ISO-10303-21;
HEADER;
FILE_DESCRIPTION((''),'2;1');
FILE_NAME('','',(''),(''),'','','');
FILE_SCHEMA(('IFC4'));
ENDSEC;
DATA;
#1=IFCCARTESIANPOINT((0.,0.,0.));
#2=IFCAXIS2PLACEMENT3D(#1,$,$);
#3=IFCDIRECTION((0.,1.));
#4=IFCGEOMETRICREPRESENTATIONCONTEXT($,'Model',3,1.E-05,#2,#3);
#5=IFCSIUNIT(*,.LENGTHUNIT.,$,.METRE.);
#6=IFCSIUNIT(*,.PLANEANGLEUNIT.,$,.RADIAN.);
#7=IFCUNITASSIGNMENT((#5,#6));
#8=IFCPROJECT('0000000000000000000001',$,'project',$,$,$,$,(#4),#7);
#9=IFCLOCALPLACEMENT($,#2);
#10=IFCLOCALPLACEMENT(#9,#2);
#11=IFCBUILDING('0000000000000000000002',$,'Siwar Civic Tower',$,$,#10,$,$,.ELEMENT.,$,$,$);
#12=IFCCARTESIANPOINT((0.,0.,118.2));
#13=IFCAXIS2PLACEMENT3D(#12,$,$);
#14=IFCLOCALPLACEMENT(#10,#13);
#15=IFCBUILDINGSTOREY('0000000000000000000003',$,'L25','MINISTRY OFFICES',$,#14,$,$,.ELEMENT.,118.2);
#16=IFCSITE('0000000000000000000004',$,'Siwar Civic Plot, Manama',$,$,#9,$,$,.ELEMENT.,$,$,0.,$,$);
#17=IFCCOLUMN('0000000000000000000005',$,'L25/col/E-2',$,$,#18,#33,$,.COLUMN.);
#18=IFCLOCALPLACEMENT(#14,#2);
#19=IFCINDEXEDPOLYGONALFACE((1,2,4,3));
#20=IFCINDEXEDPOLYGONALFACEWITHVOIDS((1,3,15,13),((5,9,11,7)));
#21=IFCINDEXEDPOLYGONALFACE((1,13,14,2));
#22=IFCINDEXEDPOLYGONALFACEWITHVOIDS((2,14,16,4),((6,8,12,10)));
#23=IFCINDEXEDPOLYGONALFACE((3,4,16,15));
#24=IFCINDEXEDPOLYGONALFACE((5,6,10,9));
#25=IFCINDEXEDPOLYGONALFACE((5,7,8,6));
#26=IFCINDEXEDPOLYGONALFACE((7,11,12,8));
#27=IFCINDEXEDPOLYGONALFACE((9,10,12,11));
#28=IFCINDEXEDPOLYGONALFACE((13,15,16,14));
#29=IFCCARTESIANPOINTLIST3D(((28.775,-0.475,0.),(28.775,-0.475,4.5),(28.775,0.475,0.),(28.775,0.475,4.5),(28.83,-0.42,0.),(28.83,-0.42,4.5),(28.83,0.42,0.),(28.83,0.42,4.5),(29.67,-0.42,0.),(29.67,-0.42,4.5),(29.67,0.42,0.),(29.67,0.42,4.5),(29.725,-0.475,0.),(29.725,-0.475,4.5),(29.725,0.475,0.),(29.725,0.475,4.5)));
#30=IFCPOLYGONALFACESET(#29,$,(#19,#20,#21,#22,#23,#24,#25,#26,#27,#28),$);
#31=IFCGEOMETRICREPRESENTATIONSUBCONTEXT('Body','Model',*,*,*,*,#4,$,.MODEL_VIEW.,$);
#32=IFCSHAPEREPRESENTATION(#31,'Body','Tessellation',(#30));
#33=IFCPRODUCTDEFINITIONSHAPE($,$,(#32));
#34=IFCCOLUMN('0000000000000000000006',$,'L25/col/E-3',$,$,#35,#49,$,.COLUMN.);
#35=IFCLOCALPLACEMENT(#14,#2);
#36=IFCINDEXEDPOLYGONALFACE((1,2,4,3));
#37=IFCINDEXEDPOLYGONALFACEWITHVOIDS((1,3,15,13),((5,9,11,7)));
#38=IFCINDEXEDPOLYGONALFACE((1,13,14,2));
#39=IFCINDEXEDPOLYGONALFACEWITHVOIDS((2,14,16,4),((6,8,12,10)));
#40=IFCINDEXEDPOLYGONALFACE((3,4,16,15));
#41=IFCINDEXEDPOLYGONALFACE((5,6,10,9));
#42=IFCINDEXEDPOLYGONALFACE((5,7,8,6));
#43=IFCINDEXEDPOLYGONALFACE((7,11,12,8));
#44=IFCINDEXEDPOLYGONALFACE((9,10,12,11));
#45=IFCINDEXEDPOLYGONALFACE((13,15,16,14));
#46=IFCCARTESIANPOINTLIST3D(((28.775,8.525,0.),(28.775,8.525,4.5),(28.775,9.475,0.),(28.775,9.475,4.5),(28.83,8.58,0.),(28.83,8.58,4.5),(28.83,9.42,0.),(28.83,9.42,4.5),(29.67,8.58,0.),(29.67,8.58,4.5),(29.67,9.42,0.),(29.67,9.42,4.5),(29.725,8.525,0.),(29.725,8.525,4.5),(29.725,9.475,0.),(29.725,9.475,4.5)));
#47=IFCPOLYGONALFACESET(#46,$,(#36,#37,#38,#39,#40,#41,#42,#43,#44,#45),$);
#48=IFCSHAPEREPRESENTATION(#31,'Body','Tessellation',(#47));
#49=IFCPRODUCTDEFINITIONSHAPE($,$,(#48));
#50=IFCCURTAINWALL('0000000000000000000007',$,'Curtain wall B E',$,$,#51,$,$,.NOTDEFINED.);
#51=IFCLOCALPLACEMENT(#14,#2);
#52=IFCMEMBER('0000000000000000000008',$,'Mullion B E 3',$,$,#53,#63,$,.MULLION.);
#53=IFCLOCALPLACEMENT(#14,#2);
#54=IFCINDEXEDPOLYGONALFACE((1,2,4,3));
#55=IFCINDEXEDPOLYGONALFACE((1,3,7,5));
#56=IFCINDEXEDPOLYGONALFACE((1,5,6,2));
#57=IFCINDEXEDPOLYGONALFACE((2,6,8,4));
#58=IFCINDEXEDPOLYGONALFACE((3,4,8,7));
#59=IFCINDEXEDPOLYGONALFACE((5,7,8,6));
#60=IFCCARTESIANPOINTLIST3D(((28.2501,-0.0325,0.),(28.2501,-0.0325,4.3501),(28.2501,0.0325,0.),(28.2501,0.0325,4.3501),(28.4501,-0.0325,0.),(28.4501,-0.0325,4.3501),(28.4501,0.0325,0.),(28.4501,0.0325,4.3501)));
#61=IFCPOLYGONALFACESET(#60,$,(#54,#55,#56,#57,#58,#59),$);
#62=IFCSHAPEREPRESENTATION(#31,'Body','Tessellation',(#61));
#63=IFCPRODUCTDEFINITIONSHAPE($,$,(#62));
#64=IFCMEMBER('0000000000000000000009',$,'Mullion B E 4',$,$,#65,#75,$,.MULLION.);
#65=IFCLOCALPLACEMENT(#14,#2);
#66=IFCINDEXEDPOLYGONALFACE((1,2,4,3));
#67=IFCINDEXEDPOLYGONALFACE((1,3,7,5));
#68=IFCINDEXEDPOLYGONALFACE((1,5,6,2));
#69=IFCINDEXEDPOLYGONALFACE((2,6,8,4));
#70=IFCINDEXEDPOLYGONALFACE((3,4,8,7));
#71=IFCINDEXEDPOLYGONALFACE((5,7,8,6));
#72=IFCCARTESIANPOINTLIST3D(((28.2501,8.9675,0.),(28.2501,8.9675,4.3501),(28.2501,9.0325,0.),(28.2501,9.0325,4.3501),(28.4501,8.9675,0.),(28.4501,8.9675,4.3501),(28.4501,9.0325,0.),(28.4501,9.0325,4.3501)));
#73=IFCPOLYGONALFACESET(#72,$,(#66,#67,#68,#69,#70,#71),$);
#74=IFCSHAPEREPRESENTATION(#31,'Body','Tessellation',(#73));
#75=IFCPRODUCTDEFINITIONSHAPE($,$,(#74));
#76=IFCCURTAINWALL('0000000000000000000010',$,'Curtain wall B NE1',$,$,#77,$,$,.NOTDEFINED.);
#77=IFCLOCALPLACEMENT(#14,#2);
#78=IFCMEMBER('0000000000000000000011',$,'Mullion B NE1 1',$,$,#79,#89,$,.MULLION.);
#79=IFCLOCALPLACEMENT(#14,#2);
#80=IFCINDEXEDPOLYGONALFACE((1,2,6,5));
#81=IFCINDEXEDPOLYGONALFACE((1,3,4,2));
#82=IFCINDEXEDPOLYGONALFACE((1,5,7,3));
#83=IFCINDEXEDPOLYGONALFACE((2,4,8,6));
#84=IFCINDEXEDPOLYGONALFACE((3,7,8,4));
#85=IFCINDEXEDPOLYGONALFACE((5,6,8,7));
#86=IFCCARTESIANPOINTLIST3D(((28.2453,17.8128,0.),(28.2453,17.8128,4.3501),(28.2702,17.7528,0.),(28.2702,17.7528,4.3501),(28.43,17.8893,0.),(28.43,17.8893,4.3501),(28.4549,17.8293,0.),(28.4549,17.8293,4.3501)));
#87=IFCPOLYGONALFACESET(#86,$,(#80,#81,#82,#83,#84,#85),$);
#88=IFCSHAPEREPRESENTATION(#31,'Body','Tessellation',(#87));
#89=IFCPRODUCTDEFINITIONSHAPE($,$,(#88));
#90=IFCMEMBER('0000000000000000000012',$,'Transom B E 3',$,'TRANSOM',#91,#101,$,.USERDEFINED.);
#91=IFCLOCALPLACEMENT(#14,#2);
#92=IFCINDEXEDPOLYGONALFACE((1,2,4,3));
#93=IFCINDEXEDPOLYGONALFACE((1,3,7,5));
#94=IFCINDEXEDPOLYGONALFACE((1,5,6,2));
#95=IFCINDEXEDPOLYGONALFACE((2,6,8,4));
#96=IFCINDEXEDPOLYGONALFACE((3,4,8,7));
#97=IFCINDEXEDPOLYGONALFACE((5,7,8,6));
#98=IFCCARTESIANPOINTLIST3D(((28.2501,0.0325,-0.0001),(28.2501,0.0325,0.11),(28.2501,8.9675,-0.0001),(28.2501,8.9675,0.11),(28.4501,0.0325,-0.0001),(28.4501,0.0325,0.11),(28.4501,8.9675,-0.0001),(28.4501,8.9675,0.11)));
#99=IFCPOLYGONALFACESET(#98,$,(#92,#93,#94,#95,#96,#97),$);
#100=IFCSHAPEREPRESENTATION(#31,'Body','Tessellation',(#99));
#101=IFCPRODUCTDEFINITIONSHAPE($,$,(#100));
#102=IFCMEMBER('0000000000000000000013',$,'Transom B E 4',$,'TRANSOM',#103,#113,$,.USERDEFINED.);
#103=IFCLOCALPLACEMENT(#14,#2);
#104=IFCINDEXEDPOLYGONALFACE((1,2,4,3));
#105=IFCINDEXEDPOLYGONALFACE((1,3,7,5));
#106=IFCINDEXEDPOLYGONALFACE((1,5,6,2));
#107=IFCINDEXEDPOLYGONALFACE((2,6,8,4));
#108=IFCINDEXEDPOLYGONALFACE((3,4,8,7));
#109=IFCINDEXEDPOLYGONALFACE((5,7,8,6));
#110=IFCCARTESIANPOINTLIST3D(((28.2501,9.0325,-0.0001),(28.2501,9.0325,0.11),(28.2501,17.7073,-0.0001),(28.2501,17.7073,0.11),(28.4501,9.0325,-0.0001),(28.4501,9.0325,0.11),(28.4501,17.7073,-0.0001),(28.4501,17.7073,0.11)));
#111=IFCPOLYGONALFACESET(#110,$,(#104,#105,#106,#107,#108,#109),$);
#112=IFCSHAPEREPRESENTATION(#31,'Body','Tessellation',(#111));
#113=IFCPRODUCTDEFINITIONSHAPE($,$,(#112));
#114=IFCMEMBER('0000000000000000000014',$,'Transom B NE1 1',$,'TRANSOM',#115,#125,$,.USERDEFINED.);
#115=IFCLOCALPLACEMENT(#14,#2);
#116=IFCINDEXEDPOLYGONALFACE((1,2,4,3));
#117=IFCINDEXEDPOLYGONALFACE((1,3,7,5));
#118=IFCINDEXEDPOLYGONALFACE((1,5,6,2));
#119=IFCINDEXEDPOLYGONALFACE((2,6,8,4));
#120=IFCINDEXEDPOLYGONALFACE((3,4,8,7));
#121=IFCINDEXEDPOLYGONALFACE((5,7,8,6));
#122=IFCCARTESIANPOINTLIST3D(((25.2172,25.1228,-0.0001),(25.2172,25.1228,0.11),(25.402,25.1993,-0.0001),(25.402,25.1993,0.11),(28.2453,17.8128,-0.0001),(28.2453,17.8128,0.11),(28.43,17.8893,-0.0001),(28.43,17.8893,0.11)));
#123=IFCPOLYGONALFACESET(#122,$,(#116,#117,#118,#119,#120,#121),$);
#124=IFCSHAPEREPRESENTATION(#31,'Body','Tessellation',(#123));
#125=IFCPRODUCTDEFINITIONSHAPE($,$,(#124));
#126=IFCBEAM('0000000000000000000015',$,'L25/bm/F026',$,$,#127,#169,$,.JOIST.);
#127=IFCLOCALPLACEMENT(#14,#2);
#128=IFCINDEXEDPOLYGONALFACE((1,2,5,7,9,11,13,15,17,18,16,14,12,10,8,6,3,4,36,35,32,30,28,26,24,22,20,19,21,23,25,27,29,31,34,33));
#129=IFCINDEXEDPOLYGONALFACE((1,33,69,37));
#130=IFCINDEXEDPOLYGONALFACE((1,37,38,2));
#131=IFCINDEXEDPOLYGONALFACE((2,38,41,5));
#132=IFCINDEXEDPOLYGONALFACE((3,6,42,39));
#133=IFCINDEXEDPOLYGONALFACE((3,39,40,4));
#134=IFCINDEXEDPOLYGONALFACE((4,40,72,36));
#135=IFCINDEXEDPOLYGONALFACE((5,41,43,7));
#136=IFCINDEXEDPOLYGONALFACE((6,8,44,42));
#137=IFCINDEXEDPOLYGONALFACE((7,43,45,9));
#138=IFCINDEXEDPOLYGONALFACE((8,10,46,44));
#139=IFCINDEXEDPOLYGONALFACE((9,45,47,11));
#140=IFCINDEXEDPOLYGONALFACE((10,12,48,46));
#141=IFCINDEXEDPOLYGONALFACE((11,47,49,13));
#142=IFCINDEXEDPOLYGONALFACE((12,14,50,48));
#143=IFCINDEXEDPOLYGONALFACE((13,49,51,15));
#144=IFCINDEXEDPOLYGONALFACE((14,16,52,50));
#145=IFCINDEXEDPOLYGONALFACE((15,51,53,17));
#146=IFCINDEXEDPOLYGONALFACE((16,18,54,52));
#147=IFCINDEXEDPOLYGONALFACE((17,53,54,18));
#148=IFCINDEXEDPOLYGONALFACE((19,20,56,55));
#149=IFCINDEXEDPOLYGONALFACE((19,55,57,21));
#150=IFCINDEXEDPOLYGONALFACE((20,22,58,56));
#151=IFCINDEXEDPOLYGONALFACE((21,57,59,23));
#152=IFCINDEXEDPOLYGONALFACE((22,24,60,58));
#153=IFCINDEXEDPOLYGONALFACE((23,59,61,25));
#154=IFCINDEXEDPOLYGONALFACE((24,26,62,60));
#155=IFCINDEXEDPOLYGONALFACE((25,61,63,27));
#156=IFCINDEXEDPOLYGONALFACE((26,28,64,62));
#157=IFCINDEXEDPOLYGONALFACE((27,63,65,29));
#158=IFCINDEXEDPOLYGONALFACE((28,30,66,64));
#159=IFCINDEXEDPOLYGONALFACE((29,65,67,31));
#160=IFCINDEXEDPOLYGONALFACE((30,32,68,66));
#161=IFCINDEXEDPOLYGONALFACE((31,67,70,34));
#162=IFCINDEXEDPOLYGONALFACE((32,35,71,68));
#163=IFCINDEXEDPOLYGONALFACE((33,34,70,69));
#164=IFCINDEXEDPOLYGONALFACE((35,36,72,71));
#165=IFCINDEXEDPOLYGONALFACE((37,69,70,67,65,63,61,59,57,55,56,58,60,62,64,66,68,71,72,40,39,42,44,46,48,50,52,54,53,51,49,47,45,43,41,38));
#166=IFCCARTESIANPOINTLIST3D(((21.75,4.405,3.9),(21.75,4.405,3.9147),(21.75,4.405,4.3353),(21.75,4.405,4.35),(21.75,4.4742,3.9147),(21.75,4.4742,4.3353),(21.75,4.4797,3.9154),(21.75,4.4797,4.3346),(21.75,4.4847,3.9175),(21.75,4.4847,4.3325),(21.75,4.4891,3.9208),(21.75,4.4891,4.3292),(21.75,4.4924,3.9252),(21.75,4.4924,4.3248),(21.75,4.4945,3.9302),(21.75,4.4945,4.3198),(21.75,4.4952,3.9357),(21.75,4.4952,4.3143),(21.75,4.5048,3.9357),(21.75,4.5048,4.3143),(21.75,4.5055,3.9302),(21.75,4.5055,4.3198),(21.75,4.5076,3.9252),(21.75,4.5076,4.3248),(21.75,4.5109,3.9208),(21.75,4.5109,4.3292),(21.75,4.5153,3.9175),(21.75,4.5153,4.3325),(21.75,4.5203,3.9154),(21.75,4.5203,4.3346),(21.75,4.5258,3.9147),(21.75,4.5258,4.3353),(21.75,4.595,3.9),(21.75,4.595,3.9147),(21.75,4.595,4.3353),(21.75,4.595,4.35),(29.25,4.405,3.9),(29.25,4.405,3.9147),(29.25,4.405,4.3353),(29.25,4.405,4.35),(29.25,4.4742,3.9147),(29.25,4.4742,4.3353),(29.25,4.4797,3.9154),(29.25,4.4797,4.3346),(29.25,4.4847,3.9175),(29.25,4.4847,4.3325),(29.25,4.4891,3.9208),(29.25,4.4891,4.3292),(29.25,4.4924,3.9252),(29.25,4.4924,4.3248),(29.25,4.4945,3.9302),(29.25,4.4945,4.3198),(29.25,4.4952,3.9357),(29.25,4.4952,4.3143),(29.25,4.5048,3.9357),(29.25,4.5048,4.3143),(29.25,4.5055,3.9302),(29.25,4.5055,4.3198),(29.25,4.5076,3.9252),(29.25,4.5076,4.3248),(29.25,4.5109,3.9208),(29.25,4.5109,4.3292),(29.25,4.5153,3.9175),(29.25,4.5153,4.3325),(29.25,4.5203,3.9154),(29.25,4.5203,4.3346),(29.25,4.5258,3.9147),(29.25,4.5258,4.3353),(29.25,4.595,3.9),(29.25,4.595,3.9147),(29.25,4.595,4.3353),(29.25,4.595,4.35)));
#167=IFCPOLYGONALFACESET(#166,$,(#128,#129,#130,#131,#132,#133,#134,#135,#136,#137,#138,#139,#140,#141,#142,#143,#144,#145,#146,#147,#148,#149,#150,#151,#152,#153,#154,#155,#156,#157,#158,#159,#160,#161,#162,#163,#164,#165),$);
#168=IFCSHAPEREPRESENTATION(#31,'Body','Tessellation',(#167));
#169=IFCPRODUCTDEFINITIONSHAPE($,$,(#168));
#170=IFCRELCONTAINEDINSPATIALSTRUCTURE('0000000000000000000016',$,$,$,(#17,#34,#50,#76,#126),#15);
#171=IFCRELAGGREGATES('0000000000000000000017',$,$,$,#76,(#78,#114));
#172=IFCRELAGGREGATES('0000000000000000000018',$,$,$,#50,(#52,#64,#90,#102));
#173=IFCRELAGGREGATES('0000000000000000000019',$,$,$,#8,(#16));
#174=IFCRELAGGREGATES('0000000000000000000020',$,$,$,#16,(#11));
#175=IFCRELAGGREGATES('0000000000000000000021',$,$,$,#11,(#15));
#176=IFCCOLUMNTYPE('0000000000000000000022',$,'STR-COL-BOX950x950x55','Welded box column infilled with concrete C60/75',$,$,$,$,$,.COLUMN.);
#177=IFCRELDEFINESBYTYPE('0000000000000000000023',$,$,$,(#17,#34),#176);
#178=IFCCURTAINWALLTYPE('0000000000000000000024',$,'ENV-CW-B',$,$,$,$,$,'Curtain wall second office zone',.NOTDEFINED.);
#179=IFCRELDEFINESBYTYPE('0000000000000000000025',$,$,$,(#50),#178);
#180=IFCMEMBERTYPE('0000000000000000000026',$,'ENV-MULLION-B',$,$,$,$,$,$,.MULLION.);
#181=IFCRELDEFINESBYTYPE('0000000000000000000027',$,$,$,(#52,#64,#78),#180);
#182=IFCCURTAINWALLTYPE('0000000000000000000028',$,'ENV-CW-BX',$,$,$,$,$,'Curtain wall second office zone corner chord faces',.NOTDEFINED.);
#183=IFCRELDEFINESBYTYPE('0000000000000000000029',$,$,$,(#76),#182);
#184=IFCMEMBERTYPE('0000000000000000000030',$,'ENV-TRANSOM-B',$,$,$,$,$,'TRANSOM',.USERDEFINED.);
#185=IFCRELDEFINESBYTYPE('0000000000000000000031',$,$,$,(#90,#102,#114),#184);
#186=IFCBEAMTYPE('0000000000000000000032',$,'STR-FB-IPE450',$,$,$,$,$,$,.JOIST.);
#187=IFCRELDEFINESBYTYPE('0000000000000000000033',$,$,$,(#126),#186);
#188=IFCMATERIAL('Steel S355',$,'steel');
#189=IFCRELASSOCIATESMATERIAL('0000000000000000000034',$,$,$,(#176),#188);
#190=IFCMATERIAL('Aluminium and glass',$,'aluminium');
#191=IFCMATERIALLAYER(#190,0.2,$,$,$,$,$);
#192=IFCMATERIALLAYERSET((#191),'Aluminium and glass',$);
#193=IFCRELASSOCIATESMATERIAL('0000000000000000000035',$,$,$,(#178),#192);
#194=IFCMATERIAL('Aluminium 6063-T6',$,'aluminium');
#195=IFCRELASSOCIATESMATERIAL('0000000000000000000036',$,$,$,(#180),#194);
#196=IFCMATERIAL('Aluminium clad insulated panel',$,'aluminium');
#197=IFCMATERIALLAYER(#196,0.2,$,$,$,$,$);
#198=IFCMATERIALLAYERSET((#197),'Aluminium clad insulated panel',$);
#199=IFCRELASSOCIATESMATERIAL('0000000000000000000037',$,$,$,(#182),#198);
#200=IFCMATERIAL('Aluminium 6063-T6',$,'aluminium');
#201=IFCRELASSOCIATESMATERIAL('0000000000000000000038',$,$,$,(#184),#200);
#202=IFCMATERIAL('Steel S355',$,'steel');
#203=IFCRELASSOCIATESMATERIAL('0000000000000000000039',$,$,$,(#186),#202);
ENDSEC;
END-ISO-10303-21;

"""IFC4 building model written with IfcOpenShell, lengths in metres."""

from ifc_helpers import new_model, si_unit, direction, frame, origin, origin_2d, place, context, subcontext, project, spatial, rectangle, hollow_rectangle, i_section, extrude, material, layer, layer_set, material_profile, profile_set, type_object, element, aggregate, save


model = new_model("IFC4")

# Units and contexts
model_context = context("Model", 3, precision=1e-05, world=origin(), true_north=direction((0.0, 1.0)))
body_context = subcontext(model_context, "Body", "Model", "MODEL_VIEW")
ifc_project = project(units=[si_unit("LENGTHUNIT", "METRE"), si_unit("PLANEANGLEUNIT", "RADIAN")], contexts=[model_context])

# Site, building, storey
site_placement = place(None, origin())
site = spatial("IfcSite", under=ifc_project, at=site_placement, Name="Siwar Civic Plot, Manama", CompositionType="ELEMENT", RefElevation=0.0)
building_placement = place(site_placement, origin())
building = spatial("IfcBuilding", under=site, at=building_placement, Name="Siwar Civic Tower", CompositionType="ELEMENT")
storey_placement = place(building_placement, frame((0.0, 0.0, 118.2)))
storey = spatial("IfcBuildingStorey", under=building, at=storey_placement, Name="L25", Description="MINISTRY OFFICES", CompositionType="ELEMENT", Elevation=118.2)

# Columns
ifc_material_1 = material(Name="Steel S355", Category="steel")
ifc_material_profile_1 = material_profile(ifc_material_1, hollow_rectangle(XDim=0.95, YDim=0.95, WallThickness=0.0549, at=origin_2d()), Name="BOX950x950x55")
ifc_profile_set_1 = profile_set([ifc_material_profile_1], Name="Steel S355")
column_type = type_object("IfcColumnType", Name="STR-COL-BOX950x950x55", Description="Welded box column infilled with concrete C60/75", PredefinedType="COLUMN", material=ifc_profile_set_1)
for number, where, z_axis, x_axis, name in (
    (1, (29.25, 0.0, 0.0), (0.0, 0.0, 1.0), (1.0, 0.0, 0.0), "L25/col/E-2"),
    (2, (29.25, 9.0, 0.0), (0.0, 0.0, 1.0), (1.0, 0.0, 0.0), "L25/col/E-3"),
):
    element("IfcColumn", number, at=place(storey_placement, frame(where, z_axis=z_axis, x_axis=x_axis)), inside=storey, type_object=column_type, Name=name, PredefinedType="COLUMN", context=body_context, shape_type="SweptSolid", body=[
        extrude(hollow_rectangle(XDim=0.95, YDim=0.95, WallThickness=0.0549, at=origin_2d()), origin(), (0.0, 0.0, 1.0), 4.5),
    ])

# Curtain wall, members
ifc_material_2 = material(Name="Aluminium and glass", Category="aluminium")
ifc_layer_1 = layer(ifc_material_2, 0.2)
ifc_layer_set_1 = layer_set([ifc_layer_1], Name="Aluminium and glass")
curtain_wall_type_1 = type_object("IfcCurtainWallType", Name="ENV-CW-B", ElementType="Curtain wall second office zone", PredefinedType="NOTDEFINED", material=ifc_layer_set_1)
curtain_wall_1_placement = place(storey_placement, origin())
curtain_wall_1 = element("IfcCurtainWall", 3, at=curtain_wall_1_placement, inside=storey, type_object=curtain_wall_type_1, Name="Curtain wall B E", PredefinedType="NOTDEFINED")
ifc_material_3 = material(Name="Aluminium 6063-T6", Category="aluminium")
ifc_material_profile_2 = material_profile(ifc_material_3, rectangle(XDim=0.2, YDim=0.0649, at=origin_2d()), Name="AL 200x65")
ifc_profile_set_2 = profile_set([ifc_material_profile_2], Name="Aluminium 6063-T6")
member_type_1 = type_object("IfcMemberType", Name="ENV-MULLION-B", PredefinedType="MULLION", material=ifc_profile_set_2)
member_1_placement = place(storey_placement, frame((28.3501, 0.0, 0.0), z_axis=(0.0, 0.0, 1.0), x_axis=(-1.0, 0.0, 0.0)))
member_1 = element("IfcMember", 4, at=member_1_placement, type_object=member_type_1, Name="Mullion B E 3", PredefinedType="MULLION", context=body_context, shape_type="SweptSolid", body=[
    extrude(rectangle(XDim=0.2, YDim=0.0649, at=origin_2d()), origin(), (0.0, 0.0, 1.0), 4.3501),
])
member_2_placement = place(storey_placement, frame((28.3501, 9.0, 0.0), z_axis=(0.0, 0.0, 1.0), x_axis=(-1.0, 0.0, 0.0)))
member_2 = element("IfcMember", 5, at=member_2_placement, type_object=member_type_1, Name="Mullion B E 4", PredefinedType="MULLION", context=body_context, shape_type="SweptSolid", body=[
    extrude(rectangle(XDim=0.2, YDim=0.0649, at=origin_2d()), origin(), (0.0, 0.0, 1.0), 4.3501),
])

# Curtain wall, member
ifc_material_4 = material(Name="Aluminium clad insulated panel", Category="aluminium")
ifc_layer_2 = layer(ifc_material_4, 0.2)
ifc_layer_set_2 = layer_set([ifc_layer_2], Name="Aluminium clad insulated panel")
curtain_wall_type_2 = type_object("IfcCurtainWallType", Name="ENV-CW-BX", ElementType="Curtain wall second office zone corner chord faces", PredefinedType="NOTDEFINED", material=ifc_layer_set_2)
curtain_wall_2_placement = place(storey_placement, origin())
curtain_wall_2 = element("IfcCurtainWall", 6, at=curtain_wall_2_placement, inside=storey, type_object=curtain_wall_type_2, Name="Curtain wall B NE1", PredefinedType="NOTDEFINED")
member_3_placement = place(storey_placement, frame((28.3501, 17.821, 0.0), z_axis=(0.0, 0.0, 1.0), x_axis=(-0.92388, -0.382683, 0.0)))
member_3 = element("IfcMember", 7, at=member_3_placement, type_object=member_type_1, Name="Mullion B NE1 1", PredefinedType="MULLION", context=body_context, shape_type="SweptSolid", body=[
    extrude(rectangle(XDim=0.2, YDim=0.0649, at=origin_2d()), origin(), (0.0, 0.0, 1.0), 4.3501),
])

# Members
ifc_material_5 = material(Name="Aluminium 6063-T6", Category="aluminium")
ifc_material_profile_3 = material_profile(ifc_material_5, rectangle(XDim=0.2, YDim=0.1101, at=origin_2d()), Name="AL 200x110")
ifc_profile_set_3 = profile_set([ifc_material_profile_3], Name="Aluminium 6063-T6")
member_type_2 = type_object("IfcMemberType", Name="ENV-TRANSOM-B", ElementType="TRANSOM", PredefinedType="USERDEFINED", material=ifc_profile_set_3)
member_4_placement = place(storey_placement, frame((28.3501, 0.0325, 0.0549), z_axis=(0.0, 1.0, 0.0), x_axis=(-1.0, 0.0, 0.0)))
member_4 = element("IfcMember", 8, at=member_4_placement, type_object=member_type_2, Name="Transom B E 3", ObjectType="TRANSOM", PredefinedType="USERDEFINED", context=body_context, shape_type="SweptSolid", body=[
    extrude(rectangle(XDim=0.2, YDim=0.1101, at=origin_2d()), origin(), (0.0, 0.0, 1.0), 8.9351),
])
member_5_placement = place(storey_placement, frame((28.3501, 9.0325, 0.0549), z_axis=(0.0, 1.0, 0.0), x_axis=(-1.0, 0.0, 0.0)))
member_5 = element("IfcMember", 9, at=member_5_placement, type_object=member_type_2, Name="Transom B E 4", ObjectType="TRANSOM", PredefinedType="USERDEFINED", context=body_context, shape_type="SweptSolid", body=[
    extrude(rectangle(XDim=0.2, YDim=0.1101, at=origin_2d()), origin(), (0.0, 0.0, 1.0), 8.6748),
])
member_6_placement = place(storey_placement, frame((28.3376, 17.8511, 0.0549), z_axis=(-0.3827, 0.923873, 0.0), x_axis=(-0.923873, -0.3827, 0.0)))
member_6 = element("IfcMember", 10, at=member_6_placement, type_object=member_type_2, Name="Transom B NE1 1", ObjectType="TRANSOM", PredefinedType="USERDEFINED", context=body_context, shape_type="SweptSolid", body=[
    extrude(rectangle(XDim=0.2, YDim=0.1101, at=origin_2d()), origin(), (0.0, 0.0, 1.0), 7.9124),
])
aggregate(curtain_wall_2, [member_3, member_6])

# Beam
ifc_material_6 = material(Name="Steel S355", Category="steel")
ifc_material_profile_4 = material_profile(ifc_material_6, i_section(OverallWidth=0.1899, OverallDepth=0.45, WebThickness=0.0095, FlangeThickness=0.0146, FilletRadius=0.021, at=origin_2d()), Name="IPE450")
ifc_profile_set_4 = profile_set([ifc_material_profile_4], Name="Steel S355")
beam_type_1 = type_object("IfcBeamType", Name="STR-FB-IPE450", PredefinedType="JOIST", material=ifc_profile_set_4)
for number, where, z_axis, x_axis, name in (
    (11, (21.75, 4.5, 4.125), (1.0, 0.0, 0.0), (0.0, 1.0, 0.0), "L25/bm/F026"),
):
    element("IfcBeam", number, at=place(storey_placement, frame(where, z_axis=z_axis, x_axis=x_axis)), inside=storey, type_object=beam_type_1, Name=name, PredefinedType="JOIST", context=body_context, shape_type="SweptSolid", body=[
        extrude(i_section(OverallWidth=0.1899, OverallDepth=0.45, WebThickness=0.0095, FlangeThickness=0.0146, FilletRadius=0.021, at=origin_2d()), origin(), (0.0, 0.0, 1.0), 7.5),
    ])

aggregate(curtain_wall_1, [member_1, member_2, member_4, member_5])

save(model, "model.ifc")
